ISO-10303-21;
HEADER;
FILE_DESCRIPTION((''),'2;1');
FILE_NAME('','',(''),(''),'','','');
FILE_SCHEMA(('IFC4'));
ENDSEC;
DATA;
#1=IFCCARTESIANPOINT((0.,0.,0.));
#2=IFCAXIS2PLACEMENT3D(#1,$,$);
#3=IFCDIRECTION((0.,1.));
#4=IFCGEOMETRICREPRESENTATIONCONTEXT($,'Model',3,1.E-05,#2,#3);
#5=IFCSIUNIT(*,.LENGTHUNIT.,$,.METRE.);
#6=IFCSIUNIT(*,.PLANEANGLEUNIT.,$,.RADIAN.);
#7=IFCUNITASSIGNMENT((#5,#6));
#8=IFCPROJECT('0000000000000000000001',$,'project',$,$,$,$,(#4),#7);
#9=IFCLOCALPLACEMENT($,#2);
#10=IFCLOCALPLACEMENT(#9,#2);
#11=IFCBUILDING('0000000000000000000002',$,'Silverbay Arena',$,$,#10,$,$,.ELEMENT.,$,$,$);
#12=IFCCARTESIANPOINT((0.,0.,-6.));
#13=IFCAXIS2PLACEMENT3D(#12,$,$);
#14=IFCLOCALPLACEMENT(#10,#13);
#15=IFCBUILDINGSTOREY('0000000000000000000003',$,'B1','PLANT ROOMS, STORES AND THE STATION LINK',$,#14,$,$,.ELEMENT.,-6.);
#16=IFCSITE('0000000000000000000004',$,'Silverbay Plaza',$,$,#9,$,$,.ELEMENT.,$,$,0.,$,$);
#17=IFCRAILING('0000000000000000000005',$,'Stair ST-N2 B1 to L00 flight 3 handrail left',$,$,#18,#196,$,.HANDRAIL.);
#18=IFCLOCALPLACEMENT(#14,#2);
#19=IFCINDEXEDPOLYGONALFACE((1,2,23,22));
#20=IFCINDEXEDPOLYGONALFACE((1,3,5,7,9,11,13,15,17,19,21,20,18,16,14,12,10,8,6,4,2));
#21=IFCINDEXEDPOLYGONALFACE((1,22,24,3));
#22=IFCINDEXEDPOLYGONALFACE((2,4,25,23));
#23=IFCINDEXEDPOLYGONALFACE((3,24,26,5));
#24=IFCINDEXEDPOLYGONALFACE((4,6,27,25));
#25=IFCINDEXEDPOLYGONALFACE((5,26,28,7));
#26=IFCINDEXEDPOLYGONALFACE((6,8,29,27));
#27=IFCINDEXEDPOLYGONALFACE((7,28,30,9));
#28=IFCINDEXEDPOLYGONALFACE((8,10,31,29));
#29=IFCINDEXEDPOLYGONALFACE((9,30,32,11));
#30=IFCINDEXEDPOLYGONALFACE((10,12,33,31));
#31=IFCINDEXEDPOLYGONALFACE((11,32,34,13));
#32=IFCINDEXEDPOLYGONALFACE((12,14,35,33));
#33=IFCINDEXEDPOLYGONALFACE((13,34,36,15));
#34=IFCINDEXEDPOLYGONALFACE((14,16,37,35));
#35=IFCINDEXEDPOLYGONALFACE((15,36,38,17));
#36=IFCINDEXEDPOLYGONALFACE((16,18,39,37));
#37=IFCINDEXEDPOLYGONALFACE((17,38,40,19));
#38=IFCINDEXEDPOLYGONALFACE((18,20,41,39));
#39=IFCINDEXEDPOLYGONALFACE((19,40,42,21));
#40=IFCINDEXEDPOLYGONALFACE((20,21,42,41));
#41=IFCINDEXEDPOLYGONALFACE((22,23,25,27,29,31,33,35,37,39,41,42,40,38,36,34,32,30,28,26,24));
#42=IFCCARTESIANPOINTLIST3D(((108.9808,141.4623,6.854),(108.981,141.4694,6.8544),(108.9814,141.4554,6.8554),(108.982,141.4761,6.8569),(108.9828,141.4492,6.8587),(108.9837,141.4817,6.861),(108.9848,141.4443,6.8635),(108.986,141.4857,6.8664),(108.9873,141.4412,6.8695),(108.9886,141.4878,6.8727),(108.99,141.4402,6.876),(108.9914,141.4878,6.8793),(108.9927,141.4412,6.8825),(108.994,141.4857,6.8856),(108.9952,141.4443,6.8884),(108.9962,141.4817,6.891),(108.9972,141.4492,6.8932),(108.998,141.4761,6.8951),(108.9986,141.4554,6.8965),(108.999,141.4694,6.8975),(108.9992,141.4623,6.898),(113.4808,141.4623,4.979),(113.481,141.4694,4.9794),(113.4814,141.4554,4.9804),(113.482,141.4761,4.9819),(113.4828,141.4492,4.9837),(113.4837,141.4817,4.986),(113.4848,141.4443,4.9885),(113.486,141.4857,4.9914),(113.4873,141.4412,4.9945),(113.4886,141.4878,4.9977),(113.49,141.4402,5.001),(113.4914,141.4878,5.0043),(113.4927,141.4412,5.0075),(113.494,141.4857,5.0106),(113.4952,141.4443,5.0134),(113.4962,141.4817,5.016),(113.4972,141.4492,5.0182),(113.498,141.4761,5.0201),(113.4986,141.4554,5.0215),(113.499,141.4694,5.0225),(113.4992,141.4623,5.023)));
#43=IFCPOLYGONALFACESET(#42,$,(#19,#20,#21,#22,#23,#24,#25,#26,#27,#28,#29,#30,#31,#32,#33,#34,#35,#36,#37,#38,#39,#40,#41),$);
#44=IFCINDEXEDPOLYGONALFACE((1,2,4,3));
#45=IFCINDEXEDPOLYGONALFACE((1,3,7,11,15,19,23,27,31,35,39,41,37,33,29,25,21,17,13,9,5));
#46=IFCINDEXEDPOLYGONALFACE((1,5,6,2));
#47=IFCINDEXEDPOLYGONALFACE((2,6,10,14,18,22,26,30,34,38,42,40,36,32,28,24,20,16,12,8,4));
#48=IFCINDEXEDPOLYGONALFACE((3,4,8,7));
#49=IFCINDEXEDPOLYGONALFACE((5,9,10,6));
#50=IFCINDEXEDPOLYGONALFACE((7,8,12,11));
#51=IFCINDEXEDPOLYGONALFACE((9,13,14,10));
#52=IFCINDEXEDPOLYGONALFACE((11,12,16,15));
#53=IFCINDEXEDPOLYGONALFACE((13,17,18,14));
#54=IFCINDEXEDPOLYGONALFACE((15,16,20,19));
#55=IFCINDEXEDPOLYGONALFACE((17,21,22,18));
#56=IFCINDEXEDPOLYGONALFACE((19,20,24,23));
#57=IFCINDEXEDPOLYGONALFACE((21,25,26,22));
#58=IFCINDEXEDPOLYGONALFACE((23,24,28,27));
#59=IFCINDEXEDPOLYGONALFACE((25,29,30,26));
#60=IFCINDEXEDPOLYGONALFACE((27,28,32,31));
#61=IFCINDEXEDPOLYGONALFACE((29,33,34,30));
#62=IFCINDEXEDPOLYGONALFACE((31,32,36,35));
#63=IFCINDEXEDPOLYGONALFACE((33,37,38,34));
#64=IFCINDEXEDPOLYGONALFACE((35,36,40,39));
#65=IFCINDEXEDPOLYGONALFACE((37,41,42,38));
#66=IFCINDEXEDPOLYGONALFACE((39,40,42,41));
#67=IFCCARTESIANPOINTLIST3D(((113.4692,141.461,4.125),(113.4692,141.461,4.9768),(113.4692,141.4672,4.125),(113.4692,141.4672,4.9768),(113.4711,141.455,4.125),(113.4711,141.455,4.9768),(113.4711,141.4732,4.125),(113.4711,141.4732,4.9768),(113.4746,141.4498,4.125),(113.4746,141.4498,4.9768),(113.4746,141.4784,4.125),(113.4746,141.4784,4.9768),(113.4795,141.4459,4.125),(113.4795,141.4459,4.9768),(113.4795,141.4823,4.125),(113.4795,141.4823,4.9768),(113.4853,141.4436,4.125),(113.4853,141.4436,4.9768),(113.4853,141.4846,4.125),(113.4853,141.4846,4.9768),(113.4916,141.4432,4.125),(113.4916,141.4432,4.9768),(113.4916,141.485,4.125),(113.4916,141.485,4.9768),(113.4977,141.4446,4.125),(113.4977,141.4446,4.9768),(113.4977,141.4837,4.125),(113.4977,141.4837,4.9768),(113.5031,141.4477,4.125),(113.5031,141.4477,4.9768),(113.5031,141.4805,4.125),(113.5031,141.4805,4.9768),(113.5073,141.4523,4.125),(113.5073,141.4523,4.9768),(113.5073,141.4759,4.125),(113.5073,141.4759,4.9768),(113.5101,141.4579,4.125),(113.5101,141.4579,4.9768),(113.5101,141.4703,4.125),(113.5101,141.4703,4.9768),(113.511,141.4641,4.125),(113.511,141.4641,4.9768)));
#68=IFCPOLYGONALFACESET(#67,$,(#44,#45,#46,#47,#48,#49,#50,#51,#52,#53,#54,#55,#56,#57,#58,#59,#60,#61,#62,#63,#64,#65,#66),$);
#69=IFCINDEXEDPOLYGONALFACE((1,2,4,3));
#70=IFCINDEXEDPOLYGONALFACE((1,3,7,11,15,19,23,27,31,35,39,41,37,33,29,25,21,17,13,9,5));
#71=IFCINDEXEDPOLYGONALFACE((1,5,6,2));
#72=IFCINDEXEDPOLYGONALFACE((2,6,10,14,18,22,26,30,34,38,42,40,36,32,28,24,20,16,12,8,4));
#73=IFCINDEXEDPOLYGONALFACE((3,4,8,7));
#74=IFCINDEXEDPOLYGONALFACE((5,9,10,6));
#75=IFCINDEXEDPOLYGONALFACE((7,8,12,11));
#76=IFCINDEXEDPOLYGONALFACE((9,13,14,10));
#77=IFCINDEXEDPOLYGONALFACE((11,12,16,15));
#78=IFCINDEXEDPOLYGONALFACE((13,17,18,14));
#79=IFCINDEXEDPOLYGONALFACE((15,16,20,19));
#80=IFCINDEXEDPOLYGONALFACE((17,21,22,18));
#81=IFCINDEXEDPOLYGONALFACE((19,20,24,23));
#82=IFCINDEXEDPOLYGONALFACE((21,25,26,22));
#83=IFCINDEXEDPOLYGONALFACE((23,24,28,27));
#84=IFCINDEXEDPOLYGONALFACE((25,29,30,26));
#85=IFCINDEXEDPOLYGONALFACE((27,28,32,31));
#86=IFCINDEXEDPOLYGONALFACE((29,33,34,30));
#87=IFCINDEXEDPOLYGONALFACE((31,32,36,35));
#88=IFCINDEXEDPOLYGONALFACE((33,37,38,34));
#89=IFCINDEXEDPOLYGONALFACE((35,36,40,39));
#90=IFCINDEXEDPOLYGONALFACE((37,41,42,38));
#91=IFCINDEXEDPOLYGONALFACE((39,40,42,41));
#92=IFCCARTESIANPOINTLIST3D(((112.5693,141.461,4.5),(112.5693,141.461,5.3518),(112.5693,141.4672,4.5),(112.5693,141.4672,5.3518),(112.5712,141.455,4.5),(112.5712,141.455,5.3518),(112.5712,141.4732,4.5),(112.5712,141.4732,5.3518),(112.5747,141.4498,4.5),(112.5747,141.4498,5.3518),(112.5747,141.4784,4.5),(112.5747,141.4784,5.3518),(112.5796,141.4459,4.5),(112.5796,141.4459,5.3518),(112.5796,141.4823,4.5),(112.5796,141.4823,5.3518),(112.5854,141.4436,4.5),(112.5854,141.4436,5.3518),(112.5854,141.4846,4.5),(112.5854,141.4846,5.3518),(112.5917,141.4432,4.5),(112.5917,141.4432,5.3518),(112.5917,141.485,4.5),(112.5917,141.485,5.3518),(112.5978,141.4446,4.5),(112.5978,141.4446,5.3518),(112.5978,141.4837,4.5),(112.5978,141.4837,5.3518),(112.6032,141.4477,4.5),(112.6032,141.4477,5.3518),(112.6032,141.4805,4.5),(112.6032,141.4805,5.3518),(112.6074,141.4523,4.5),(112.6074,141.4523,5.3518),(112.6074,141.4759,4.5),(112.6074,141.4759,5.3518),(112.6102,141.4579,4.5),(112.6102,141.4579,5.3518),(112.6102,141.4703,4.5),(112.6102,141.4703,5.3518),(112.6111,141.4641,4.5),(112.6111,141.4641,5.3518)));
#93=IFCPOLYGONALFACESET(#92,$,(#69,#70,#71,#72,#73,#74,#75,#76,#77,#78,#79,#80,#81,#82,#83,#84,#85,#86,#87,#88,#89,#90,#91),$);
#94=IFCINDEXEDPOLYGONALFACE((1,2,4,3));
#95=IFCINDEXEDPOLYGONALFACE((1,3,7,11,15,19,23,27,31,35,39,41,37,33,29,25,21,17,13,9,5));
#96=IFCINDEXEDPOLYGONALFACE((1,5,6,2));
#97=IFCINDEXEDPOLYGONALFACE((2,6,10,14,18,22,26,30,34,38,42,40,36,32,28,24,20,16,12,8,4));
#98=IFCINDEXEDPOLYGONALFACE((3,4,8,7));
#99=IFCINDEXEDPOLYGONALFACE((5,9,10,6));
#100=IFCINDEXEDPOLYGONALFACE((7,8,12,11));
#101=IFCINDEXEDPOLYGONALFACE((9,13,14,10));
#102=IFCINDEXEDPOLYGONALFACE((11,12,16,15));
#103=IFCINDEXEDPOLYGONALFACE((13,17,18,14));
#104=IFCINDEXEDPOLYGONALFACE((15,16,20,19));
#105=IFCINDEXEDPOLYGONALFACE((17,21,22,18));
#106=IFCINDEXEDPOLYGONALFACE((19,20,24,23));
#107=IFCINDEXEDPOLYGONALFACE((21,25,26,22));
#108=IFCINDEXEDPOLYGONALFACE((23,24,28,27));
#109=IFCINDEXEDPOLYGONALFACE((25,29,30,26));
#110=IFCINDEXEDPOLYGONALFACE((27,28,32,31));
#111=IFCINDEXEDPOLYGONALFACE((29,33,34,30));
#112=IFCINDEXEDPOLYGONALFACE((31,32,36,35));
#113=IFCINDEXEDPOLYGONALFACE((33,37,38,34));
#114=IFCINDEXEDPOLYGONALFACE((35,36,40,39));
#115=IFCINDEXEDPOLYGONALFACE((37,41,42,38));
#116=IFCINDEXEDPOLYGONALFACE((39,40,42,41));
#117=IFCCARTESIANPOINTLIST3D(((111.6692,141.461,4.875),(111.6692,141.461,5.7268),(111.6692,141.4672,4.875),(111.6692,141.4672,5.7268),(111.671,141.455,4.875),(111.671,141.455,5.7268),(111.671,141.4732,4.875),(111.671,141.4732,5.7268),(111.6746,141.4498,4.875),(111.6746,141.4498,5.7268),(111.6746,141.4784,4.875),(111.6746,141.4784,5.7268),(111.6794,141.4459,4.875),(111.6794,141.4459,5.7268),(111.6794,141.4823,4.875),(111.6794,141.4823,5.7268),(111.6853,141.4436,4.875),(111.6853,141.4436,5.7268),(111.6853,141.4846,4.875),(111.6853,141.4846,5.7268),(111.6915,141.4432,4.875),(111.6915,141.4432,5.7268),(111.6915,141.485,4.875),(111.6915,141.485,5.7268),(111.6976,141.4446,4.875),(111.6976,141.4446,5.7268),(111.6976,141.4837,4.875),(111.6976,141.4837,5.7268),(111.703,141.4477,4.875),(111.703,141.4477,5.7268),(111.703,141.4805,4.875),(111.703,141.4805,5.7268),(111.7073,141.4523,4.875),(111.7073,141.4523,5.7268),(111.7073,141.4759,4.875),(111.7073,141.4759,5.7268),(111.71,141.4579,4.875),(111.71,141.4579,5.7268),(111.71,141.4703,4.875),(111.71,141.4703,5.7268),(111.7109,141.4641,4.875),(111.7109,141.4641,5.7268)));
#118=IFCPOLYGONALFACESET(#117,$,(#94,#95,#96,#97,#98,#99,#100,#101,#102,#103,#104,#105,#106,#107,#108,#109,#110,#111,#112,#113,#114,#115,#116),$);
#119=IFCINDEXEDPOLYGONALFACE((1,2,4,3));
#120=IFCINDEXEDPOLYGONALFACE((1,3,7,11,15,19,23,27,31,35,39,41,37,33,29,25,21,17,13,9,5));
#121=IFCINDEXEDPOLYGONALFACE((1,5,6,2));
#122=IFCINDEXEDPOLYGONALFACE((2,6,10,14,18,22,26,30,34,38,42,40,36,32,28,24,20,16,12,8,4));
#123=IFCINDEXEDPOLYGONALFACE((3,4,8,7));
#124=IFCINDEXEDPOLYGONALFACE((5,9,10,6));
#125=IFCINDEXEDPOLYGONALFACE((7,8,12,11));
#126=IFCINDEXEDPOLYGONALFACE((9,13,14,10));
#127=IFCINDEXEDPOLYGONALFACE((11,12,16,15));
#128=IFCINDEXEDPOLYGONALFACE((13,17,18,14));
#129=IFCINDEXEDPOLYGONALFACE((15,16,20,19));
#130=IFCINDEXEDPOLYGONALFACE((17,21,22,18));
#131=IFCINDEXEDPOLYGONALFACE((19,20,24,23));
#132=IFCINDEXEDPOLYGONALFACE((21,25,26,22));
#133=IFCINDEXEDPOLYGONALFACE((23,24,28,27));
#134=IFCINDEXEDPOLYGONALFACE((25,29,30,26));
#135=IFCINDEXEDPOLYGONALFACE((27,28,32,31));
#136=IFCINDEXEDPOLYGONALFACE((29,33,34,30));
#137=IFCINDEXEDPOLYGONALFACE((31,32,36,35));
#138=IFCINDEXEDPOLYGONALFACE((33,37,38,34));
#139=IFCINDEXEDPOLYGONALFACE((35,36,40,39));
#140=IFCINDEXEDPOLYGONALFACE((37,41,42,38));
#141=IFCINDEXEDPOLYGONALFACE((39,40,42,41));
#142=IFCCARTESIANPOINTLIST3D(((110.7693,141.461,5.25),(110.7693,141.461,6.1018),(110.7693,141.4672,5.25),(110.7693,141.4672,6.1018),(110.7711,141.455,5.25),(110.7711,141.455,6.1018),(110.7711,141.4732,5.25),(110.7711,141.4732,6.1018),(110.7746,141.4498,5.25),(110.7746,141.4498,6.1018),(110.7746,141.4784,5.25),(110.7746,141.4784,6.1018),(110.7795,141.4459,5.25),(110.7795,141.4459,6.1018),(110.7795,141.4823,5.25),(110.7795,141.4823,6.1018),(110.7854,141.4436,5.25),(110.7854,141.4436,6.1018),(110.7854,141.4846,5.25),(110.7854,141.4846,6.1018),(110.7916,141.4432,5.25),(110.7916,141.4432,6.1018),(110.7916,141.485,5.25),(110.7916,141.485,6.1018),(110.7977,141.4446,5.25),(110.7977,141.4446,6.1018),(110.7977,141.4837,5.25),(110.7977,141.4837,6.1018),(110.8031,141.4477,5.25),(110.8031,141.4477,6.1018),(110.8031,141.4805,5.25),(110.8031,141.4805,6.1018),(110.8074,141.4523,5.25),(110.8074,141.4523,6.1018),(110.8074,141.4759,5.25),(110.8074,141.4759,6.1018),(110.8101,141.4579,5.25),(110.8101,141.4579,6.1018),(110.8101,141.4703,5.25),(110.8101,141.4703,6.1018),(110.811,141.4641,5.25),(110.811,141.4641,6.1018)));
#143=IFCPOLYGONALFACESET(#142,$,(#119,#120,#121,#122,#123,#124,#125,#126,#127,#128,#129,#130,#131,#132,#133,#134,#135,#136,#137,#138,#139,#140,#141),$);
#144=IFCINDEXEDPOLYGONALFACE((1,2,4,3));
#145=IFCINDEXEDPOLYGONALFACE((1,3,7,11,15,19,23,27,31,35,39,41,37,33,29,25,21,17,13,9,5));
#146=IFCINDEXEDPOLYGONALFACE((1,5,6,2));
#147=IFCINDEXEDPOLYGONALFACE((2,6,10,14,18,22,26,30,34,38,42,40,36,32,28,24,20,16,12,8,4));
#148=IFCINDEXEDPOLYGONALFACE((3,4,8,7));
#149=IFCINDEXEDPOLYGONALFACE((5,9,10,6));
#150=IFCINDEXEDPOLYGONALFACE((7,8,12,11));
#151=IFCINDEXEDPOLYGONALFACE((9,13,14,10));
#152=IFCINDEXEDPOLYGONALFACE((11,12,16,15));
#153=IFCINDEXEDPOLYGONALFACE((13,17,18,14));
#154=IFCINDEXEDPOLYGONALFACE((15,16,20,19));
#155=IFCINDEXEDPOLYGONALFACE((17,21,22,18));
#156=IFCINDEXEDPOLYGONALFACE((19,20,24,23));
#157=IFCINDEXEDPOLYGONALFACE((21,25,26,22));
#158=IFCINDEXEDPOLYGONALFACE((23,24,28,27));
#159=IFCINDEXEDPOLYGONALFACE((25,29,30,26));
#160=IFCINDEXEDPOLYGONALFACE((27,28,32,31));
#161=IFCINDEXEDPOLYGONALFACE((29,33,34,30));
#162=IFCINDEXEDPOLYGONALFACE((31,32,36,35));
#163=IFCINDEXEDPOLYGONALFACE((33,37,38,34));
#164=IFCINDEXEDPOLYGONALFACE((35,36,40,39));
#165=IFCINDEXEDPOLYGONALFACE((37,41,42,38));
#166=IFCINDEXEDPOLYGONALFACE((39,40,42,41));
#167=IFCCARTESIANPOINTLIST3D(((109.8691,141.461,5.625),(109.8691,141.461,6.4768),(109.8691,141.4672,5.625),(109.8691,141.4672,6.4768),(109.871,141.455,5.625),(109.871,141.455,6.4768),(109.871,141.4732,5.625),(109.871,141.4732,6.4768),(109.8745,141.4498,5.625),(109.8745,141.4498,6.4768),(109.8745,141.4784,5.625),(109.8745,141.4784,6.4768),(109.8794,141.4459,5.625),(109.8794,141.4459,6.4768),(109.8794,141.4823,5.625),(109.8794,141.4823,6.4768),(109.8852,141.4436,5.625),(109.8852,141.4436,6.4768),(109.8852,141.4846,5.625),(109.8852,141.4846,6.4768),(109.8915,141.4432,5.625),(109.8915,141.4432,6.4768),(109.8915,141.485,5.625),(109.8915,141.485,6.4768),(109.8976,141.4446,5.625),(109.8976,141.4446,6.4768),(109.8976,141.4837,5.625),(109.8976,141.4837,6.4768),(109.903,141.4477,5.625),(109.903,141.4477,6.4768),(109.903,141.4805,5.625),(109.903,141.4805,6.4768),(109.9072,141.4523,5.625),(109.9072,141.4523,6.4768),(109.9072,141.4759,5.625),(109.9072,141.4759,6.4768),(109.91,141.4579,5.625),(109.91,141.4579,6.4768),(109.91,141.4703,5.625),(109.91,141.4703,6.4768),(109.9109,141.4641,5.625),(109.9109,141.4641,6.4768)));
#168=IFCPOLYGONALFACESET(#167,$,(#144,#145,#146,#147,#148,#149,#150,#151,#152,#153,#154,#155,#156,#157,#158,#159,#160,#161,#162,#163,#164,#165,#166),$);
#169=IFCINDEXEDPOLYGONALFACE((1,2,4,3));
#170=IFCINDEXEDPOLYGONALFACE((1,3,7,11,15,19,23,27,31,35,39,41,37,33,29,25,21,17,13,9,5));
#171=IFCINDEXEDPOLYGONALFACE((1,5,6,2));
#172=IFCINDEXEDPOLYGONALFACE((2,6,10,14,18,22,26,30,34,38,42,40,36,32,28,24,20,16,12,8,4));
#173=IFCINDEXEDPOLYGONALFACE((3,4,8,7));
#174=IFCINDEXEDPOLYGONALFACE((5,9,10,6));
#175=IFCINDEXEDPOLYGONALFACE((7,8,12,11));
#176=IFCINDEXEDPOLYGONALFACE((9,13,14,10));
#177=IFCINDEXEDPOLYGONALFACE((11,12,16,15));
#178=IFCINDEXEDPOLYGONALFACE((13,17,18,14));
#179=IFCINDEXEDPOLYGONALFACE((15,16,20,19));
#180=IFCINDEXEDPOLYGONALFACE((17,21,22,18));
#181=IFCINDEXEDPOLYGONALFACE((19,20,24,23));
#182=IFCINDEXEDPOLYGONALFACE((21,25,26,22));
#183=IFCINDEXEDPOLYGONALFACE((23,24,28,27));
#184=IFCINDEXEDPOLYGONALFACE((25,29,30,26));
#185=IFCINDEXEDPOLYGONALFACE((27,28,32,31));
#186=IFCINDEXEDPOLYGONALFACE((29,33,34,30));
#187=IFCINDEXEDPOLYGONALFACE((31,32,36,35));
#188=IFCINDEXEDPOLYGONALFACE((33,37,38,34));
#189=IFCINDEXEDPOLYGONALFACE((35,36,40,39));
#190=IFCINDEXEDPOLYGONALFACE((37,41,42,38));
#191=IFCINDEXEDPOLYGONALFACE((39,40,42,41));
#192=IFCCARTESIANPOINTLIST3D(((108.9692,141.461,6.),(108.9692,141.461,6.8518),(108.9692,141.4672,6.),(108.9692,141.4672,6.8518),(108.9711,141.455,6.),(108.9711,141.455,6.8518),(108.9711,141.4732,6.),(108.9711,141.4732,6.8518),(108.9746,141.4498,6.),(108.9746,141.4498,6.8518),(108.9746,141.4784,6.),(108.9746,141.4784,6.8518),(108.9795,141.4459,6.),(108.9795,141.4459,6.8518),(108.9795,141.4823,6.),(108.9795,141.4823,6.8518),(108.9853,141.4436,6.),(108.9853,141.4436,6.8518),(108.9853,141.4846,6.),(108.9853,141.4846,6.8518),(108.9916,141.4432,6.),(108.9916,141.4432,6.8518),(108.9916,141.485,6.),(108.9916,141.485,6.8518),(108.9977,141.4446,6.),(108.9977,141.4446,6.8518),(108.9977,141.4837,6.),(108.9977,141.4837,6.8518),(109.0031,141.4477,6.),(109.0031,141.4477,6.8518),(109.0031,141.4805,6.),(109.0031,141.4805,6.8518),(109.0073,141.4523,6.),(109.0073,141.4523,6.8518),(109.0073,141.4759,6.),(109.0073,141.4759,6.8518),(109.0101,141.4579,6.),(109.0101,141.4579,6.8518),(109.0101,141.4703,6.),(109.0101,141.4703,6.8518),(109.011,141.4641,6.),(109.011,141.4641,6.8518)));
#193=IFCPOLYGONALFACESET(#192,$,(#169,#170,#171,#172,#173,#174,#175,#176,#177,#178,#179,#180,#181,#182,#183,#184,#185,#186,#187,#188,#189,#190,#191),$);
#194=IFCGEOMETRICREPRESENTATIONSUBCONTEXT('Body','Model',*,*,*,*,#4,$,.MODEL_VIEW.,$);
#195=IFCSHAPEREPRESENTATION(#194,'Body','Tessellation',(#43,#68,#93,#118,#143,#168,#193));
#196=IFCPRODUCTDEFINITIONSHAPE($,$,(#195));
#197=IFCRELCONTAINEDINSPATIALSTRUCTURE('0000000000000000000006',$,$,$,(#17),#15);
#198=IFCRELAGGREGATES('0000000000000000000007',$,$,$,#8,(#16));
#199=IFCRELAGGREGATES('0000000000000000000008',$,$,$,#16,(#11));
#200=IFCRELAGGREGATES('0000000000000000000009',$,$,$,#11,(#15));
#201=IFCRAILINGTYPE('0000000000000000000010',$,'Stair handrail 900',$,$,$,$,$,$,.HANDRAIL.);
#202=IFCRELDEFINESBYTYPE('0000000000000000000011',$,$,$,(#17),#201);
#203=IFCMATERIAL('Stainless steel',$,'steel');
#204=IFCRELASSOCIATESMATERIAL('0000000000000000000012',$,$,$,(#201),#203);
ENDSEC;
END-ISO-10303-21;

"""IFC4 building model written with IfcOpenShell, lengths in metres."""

from ifc_helpers import new_model, si_unit, direction, frame, origin, origin_2d, place, context, subcontext, project, spatial, circle, extrude, material, type_object, element, save


model = new_model("IFC4")

# Units and contexts
model_context = context("Model", 3, precision=1e-05, world=origin(), true_north=direction((0.0, 1.0)))
body_context = subcontext(model_context, "Body", "Model", "MODEL_VIEW")
ifc_project = project(units=[si_unit("LENGTHUNIT", "METRE"), si_unit("PLANEANGLEUNIT", "RADIAN")], contexts=[model_context])

# Site, building, storey
site_placement = place(None, origin())
site = spatial("IfcSite", under=ifc_project, at=site_placement, Name="Silverbay Plaza", CompositionType="ELEMENT", RefElevation=0.0)
building_placement = place(site_placement, origin())
building = spatial("IfcBuilding", under=site, at=building_placement, Name="Silverbay Arena", CompositionType="ELEMENT")
storey_placement = place(building_placement, frame((0.0, 0.0, -6.0)))
storey = spatial("IfcBuildingStorey", under=building, at=storey_placement, Name="B1", Description="PLANT ROOMS, STORES AND THE STATION LINK", CompositionType="ELEMENT", Elevation=-6.0)

# Railing
ifc_material_1 = material(Name="Stainless steel", Category="steel")
railing_type_1 = type_object("IfcRailingType", Name="Stair handrail 900", PredefinedType="HANDRAIL", material=ifc_material_1)
for number, where, name in (
    (1, (113.49, 141.4641, 4.125), "Stair ST-N2 B1 to L00 flight 3 handrail left"),
):
    element("IfcRailing", number, at=place(storey_placement, frame(where)), inside=storey, type_object=railing_type_1, Name=name, PredefinedType="HANDRAIL", context=body_context, shape_type="SweptSolid", body=[
        extrude(circle(Radius=0.0239, at=origin_2d()), frame((0.0, 0.0, 0.876), z_axis=(-0.923077, 0.0, 0.384615), x_axis=(0.0, -1.0, 0.0)), (0.0, 0.0, 1.0), 4.875),
        extrude(circle(Radius=0.021, at=origin_2d()), origin(), (0.0, 0.0, 1.0), 0.8518),
        extrude(circle(Radius=0.021, at=origin_2d()), frame((-0.8999, 0.0, 0.375)), (0.0, 0.0, 1.0), 0.8518),
        extrude(circle(Radius=0.021, at=origin_2d()), frame((-1.8, 0.0, 0.75)), (0.0, 0.0, 1.0), 0.8518),
        extrude(circle(Radius=0.021, at=origin_2d()), frame((-2.7, 0.0, 1.125)), (0.0, 0.0, 1.0), 0.8518),
        extrude(circle(Radius=0.021, at=origin_2d()), frame((-3.6001, 0.0, 1.5)), (0.0, 0.0, 1.0), 0.8518),
        extrude(circle(Radius=0.021, at=origin_2d()), frame((-4.5, 0.0, 1.875)), (0.0, 0.0, 1.0), 0.8518),
    ])

save(model, "model.ifc")
